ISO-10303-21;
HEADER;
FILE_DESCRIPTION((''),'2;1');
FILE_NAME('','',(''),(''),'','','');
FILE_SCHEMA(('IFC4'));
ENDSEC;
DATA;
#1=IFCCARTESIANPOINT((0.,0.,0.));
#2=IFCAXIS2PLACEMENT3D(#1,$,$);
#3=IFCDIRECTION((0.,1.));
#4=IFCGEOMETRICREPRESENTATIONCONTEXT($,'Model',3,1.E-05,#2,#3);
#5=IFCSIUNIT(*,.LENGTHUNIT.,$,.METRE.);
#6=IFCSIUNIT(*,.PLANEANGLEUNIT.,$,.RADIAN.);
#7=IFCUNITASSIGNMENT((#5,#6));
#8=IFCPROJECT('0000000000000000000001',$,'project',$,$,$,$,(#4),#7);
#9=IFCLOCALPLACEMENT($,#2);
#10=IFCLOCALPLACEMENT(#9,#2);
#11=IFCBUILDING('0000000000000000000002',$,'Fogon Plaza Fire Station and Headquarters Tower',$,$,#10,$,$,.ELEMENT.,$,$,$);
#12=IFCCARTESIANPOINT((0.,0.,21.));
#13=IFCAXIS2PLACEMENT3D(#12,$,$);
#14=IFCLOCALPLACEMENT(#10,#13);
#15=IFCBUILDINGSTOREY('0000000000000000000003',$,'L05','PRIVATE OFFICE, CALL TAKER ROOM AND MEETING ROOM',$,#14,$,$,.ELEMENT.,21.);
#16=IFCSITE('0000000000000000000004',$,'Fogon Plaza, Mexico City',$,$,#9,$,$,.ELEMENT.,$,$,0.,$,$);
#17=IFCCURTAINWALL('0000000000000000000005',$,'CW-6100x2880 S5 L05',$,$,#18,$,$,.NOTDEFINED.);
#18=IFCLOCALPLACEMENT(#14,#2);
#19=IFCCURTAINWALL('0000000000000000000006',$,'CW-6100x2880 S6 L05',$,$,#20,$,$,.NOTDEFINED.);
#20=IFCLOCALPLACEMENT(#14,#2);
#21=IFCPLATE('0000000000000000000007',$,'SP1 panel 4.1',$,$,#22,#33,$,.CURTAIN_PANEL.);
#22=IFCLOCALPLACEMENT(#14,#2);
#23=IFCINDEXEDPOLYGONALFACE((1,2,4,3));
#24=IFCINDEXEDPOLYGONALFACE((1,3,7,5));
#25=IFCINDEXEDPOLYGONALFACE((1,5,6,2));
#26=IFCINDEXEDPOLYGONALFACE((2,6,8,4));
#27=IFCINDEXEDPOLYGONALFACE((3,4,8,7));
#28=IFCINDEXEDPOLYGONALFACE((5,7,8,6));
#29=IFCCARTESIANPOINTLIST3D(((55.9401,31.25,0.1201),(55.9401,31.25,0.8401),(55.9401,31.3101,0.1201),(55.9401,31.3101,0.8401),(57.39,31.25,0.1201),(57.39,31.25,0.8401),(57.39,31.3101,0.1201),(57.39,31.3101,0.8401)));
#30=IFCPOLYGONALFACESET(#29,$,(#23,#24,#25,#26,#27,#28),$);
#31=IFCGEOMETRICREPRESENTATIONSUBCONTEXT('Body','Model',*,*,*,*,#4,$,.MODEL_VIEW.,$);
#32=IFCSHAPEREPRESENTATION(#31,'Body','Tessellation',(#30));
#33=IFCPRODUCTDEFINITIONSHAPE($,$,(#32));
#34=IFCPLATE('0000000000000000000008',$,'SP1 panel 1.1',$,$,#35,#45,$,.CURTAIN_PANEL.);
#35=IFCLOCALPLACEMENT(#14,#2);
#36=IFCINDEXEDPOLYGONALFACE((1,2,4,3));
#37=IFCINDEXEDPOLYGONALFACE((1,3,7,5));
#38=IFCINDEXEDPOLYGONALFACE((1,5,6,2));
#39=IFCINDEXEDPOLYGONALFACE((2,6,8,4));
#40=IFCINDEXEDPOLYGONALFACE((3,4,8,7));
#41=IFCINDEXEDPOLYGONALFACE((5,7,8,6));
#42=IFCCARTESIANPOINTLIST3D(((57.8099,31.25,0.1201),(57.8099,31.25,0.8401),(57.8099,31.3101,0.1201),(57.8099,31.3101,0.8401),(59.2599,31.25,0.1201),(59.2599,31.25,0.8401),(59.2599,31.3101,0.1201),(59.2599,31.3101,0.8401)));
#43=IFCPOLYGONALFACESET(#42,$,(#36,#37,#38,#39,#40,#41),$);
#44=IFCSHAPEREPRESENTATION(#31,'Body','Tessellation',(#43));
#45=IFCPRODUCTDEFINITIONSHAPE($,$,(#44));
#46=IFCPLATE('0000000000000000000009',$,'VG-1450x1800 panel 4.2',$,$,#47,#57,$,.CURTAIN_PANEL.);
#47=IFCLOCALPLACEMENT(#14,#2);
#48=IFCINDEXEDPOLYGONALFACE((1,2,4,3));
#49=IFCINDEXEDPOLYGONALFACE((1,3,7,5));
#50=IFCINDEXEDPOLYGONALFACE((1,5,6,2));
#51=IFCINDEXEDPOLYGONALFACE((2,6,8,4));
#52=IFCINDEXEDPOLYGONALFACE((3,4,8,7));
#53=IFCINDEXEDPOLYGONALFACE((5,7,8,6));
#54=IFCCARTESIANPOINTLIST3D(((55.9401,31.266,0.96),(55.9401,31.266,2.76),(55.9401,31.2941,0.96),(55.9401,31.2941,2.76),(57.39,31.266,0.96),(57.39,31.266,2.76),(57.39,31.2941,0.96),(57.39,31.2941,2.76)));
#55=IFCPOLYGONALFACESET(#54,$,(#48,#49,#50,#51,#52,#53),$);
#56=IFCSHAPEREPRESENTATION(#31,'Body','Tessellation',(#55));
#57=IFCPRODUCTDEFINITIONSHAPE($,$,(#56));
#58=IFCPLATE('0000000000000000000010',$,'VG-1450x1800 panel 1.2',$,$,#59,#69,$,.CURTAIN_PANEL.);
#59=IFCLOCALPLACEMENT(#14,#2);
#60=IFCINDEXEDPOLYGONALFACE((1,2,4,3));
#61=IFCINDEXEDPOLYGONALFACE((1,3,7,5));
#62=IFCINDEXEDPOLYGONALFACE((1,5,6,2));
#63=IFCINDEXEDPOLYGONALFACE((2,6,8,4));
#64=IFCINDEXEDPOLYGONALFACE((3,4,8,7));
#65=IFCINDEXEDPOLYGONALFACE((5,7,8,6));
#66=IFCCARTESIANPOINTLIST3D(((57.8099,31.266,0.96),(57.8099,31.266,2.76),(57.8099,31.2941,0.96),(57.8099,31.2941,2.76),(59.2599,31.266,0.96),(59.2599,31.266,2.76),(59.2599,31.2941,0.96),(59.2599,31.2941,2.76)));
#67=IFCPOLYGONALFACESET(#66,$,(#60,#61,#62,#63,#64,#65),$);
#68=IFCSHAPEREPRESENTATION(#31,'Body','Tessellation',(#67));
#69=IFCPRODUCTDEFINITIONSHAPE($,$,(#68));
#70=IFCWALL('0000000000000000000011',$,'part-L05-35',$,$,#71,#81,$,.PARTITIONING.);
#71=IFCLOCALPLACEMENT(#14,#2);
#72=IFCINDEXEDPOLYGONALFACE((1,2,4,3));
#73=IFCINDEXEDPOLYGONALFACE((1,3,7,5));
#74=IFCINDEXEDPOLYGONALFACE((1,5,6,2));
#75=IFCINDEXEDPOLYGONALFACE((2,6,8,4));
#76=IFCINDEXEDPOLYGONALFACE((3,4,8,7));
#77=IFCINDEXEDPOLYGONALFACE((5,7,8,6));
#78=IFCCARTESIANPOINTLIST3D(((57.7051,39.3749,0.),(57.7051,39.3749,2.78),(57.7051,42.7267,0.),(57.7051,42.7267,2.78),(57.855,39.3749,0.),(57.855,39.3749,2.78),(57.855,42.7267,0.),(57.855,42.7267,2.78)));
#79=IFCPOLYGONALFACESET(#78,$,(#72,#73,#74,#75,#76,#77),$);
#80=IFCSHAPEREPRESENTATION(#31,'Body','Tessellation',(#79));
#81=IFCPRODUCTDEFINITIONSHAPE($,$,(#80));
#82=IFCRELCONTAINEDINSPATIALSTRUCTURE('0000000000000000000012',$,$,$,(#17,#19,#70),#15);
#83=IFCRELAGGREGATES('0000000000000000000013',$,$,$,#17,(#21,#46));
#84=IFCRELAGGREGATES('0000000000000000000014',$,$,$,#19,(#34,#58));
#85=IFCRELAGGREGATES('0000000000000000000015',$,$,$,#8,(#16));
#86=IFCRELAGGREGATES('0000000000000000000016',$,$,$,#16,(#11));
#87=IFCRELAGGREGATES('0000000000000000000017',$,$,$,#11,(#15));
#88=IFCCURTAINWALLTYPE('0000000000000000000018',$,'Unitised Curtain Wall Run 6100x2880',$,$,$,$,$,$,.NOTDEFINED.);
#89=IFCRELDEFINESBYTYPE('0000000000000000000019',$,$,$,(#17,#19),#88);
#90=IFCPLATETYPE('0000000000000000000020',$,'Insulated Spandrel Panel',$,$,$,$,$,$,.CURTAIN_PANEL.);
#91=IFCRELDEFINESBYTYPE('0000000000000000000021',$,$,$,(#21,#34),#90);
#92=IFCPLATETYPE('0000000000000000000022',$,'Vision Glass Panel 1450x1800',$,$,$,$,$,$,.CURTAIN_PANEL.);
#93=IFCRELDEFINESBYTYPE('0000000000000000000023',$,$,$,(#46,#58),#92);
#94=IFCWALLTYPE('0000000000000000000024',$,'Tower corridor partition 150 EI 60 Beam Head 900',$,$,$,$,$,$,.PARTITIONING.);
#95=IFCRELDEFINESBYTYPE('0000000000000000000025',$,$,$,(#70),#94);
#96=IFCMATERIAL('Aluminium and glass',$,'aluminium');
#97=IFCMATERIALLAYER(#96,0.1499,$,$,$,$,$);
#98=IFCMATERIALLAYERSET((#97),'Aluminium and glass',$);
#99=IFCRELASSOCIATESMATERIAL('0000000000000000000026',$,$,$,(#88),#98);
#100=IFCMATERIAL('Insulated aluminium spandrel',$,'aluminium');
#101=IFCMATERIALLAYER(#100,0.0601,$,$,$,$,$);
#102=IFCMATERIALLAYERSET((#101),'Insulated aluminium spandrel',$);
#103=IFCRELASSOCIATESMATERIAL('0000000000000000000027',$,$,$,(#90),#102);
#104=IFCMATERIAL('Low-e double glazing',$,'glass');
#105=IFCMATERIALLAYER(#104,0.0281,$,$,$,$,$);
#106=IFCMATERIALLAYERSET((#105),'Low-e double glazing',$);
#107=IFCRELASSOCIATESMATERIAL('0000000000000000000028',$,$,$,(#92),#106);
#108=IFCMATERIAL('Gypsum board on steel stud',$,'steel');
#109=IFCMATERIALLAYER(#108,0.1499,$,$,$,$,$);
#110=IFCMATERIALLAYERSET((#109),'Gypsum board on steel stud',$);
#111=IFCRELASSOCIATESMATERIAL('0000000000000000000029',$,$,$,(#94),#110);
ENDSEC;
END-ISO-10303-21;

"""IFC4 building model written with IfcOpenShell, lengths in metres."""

from ifc_helpers import new_model, si_unit, direction, frame, frame_2d, origin, origin_2d, place, context, subcontext, project, spatial, rectangle, extrude, material, layer, layer_set, type_object, element, aggregate, save


model = new_model("IFC4")

# Units and contexts
model_context = context("Model", 3, precision=1e-05, world=origin(), true_north=direction((0.0, 1.0)))
body_context = subcontext(model_context, "Body", "Model", "MODEL_VIEW")
ifc_project = project(units=[si_unit("LENGTHUNIT", "METRE"), si_unit("PLANEANGLEUNIT", "RADIAN")], contexts=[model_context])

# Site, building, storey
site_placement = place(None, origin())
site = spatial("IfcSite", under=ifc_project, at=site_placement, Name="Fogon Plaza, Mexico City", CompositionType="ELEMENT", RefElevation=0.0)
building_placement = place(site_placement, origin())
building = spatial("IfcBuilding", under=site, at=building_placement, Name="Fogon Plaza Fire Station and Headquarters Tower", CompositionType="ELEMENT")
storey_placement = place(building_placement, frame((0.0, 0.0, 21.0)))
storey = spatial("IfcBuildingStorey", under=building, at=storey_placement, Name="L05", Description="PRIVATE OFFICE, CALL TAKER ROOM AND MEETING ROOM", CompositionType="ELEMENT", Elevation=21.0)

# Curtain wall
ifc_material_1 = material(Name="Aluminium and glass", Category="aluminium")
ifc_layer_1 = layer(ifc_material_1, 0.1499)
ifc_layer_set_1 = layer_set([ifc_layer_1], Name="Aluminium and glass")
curtain_wall_type = type_object("IfcCurtainWallType", Name="Unitised Curtain Wall Run 6100x2880", PredefinedType="NOTDEFINED", material=ifc_layer_set_1)
curtain_wall_1_placement = place(storey_placement, origin())
curtain_wall_1 = element("IfcCurtainWall", 1, at=curtain_wall_1_placement, inside=storey, type_object=curtain_wall_type, Name="CW-6100x2880 S5 L05", PredefinedType="NOTDEFINED")

# Curtain wall
curtain_wall_2_placement = place(storey_placement, origin())
curtain_wall_2 = element("IfcCurtainWall", 2, at=curtain_wall_2_placement, inside=storey, type_object=curtain_wall_type, Name="CW-6100x2880 S6 L05", PredefinedType="NOTDEFINED")

# Plates
ifc_material_2 = material(Name="Insulated aluminium spandrel", Category="aluminium")
ifc_layer_2 = layer(ifc_material_2, 0.0601)
ifc_layer_set_2 = layer_set([ifc_layer_2], Name="Insulated aluminium spandrel")
plate_type_1 = type_object("IfcPlateType", Name="Insulated Spandrel Panel", PredefinedType="CURTAIN_PANEL", material=ifc_layer_set_2)
plate_1_placement = place(storey_placement, frame((56.665, 31.28, 0.1201), z_axis=(0.0, 0.0, 1.0), x_axis=(1.0, 0.0, 0.0)))
plate_1 = element("IfcPlate", 3, at=plate_1_placement, type_object=plate_type_1, Name="SP1 panel 4.1", PredefinedType="CURTAIN_PANEL", context=body_context, shape_type="SweptSolid", body=[
    extrude(rectangle(XDim=1.45, YDim=0.0601, at=origin_2d()), origin(), (0.0, 0.0, 1.0), 0.72),
])
plate_2_placement = place(storey_placement, frame((58.5349, 31.28, 0.1201), z_axis=(0.0, 0.0, 1.0), x_axis=(1.0, 0.0, 0.0)))
plate_2 = element("IfcPlate", 4, at=plate_2_placement, type_object=plate_type_1, Name="SP1 panel 1.1", PredefinedType="CURTAIN_PANEL", context=body_context, shape_type="SweptSolid", body=[
    extrude(rectangle(XDim=1.45, YDim=0.0601, at=origin_2d()), origin(), (0.0, 0.0, 1.0), 0.72),
])
ifc_material_3 = material(Name="Low-e double glazing", Category="glass")
ifc_layer_3 = layer(ifc_material_3, 0.0281)
ifc_layer_set_3 = layer_set([ifc_layer_3], Name="Low-e double glazing")
plate_type_2 = type_object("IfcPlateType", Name="Vision Glass Panel 1450x1800", PredefinedType="CURTAIN_PANEL", material=ifc_layer_set_3)
plate_3_placement = place(storey_placement, frame((56.665, 31.28, 0.96), z_axis=(0.0, 0.0, 1.0), x_axis=(1.0, 0.0, 0.0)))
plate_3 = element("IfcPlate", 5, at=plate_3_placement, type_object=plate_type_2, Name="VG-1450x1800 panel 4.2", PredefinedType="CURTAIN_PANEL", context=body_context, shape_type="SweptSolid", body=[
    extrude(rectangle(XDim=1.45, YDim=0.0281, at=origin_2d()), origin(), (0.0, 0.0, 1.0), 1.8),
])
aggregate(curtain_wall_1, [plate_1, plate_3])
plate_4_placement = place(storey_placement, frame((58.5349, 31.28, 0.96), z_axis=(0.0, 0.0, 1.0), x_axis=(1.0, 0.0, 0.0)))
plate_4 = element("IfcPlate", 6, at=plate_4_placement, type_object=plate_type_2, Name="VG-1450x1800 panel 1.2", PredefinedType="CURTAIN_PANEL", context=body_context, shape_type="SweptSolid", body=[
    extrude(rectangle(XDim=1.45, YDim=0.0281, at=origin_2d()), origin(), (0.0, 0.0, 1.0), 1.8),
])
aggregate(curtain_wall_2, [plate_2, plate_4])

# Wall
ifc_material_4 = material(Name="Gypsum board on steel stud", Category="steel")
ifc_layer_4 = layer(ifc_material_4, 0.1499)
ifc_layer_set_4 = layer_set([ifc_layer_4], Name="Gypsum board on steel stud")
wall_type = type_object("IfcWallType", Name="Tower corridor partition 150 EI 60 Beam Head 900", PredefinedType="PARTITIONING", material=ifc_layer_set_4)
wall_placement = place(storey_placement, frame((57.78, 39.375, 0.0), z_axis=(0.0, 0.0, 1.0), x_axis=(0.0, 1.0, 0.0)))
element("IfcWall", 7, at=wall_placement, inside=storey, type_object=wall_type, Name="part-L05-35", PredefinedType="PARTITIONING", context=body_context, shape_type="SweptSolid", body=[
    extrude(rectangle(XDim=3.3518, YDim=0.1499, at=frame_2d((1.6758, 0.0))), origin(), (0.0, 0.0, 1.0), 2.78),
])

save(model, "model.ifc")
